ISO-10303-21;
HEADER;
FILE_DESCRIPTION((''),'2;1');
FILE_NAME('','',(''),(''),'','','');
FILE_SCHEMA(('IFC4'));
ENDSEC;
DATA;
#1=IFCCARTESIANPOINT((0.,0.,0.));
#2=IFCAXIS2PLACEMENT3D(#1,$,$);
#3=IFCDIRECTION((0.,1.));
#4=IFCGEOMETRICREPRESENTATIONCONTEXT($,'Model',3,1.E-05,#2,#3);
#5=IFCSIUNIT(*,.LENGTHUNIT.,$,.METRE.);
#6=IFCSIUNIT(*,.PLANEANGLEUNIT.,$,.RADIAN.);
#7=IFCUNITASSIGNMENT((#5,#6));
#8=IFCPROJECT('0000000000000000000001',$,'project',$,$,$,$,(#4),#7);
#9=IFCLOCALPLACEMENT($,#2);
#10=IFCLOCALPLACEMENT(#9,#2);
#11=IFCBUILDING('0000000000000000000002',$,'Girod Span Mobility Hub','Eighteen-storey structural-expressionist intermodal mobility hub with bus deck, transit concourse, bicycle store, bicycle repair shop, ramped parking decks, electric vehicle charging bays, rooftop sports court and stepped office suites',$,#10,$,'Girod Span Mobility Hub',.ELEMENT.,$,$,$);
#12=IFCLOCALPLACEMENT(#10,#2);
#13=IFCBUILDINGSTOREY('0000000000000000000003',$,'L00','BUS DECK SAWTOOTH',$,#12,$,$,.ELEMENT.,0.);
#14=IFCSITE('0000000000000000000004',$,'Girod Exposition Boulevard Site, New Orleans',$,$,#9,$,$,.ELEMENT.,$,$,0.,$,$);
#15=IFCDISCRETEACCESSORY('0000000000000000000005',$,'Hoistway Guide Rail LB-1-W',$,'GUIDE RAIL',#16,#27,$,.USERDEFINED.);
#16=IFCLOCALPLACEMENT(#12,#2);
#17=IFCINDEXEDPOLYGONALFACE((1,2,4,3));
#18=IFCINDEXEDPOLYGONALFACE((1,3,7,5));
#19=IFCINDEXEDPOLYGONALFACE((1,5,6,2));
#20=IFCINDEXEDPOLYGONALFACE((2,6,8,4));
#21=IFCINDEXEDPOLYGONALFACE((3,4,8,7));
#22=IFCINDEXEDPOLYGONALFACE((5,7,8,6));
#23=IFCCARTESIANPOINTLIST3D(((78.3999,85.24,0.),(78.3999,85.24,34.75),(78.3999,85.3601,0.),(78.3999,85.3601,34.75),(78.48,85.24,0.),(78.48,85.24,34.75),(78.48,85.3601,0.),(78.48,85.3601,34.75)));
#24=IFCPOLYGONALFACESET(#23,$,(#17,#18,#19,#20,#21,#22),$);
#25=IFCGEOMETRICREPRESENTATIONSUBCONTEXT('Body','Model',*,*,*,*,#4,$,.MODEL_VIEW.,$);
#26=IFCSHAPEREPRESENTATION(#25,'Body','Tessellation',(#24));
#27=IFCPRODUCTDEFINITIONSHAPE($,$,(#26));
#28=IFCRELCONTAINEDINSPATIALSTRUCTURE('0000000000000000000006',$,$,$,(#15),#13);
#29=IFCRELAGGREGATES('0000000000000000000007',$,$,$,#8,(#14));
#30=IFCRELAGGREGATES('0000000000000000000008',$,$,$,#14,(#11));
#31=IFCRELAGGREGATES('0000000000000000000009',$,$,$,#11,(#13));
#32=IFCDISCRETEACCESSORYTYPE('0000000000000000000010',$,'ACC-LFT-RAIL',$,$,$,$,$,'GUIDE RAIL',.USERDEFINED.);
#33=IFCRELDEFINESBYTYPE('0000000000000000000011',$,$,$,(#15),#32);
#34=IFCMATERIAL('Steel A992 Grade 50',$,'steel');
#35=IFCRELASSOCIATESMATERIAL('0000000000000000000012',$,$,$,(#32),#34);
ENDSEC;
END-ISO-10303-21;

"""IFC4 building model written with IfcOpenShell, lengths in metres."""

from ifc_helpers import new_model, si_unit, direction, frame, origin, origin_2d, place, context, subcontext, project, spatial, rectangle, extrude, material, type_object, element, save


model = new_model("IFC4")

# Units and contexts
model_context = context("Model", 3, precision=1e-05, world=origin(), true_north=direction((0.0, 1.0)))
body_context = subcontext(model_context, "Body", "Model", "MODEL_VIEW")
ifc_project = project(units=[si_unit("LENGTHUNIT", "METRE"), si_unit("PLANEANGLEUNIT", "RADIAN")], contexts=[model_context])

# Site, building, storey
site_placement = place(None, origin())
site = spatial("IfcSite", under=ifc_project, at=site_placement, Name="Girod Exposition Boulevard Site, New Orleans", CompositionType="ELEMENT", RefElevation=0.0)
building_placement = place(site_placement, origin())
building = spatial("IfcBuilding", under=site, at=building_placement, Name="Girod Span Mobility Hub", Description="Eighteen-storey structural-expressionist intermodal mobility hub with bus deck, transit concourse, bicycle store, bicycle repair shop, ramped parking decks, electric vehicle charging bays, rooftop sports court and stepped office suites", LongName="Girod Span Mobility Hub", CompositionType="ELEMENT")
storey_placement = place(building_placement, origin())
storey = spatial("IfcBuildingStorey", under=building, at=storey_placement, Name="L00", Description="BUS DECK SAWTOOTH", CompositionType="ELEMENT", Elevation=0.0)

# Discrete accessory
ifc_material_1 = material(Name="Steel A992 Grade 50", Category="steel")
discrete_accessory_type = type_object("IfcDiscreteAccessoryType", Name="ACC-LFT-RAIL", ElementType="GUIDE RAIL", PredefinedType="USERDEFINED", material=ifc_material_1)
discrete_accessory_placement = place(storey_placement, frame((78.4399, 85.3, 0.0), z_axis=(0.0, 0.0, 1.0), x_axis=(1.0, 0.0, 0.0)))
element("IfcDiscreteAccessory", 1, at=discrete_accessory_placement, inside=storey, type_object=discrete_accessory_type, Name="Hoistway Guide Rail LB-1-W", ObjectType="GUIDE RAIL", PredefinedType="USERDEFINED", context=body_context, shape_type="SweptSolid", body=[
    extrude(rectangle(XDim=0.0801, YDim=0.1201, at=origin_2d()), origin(), (0.0, 0.0, 1.0), 34.75),
])

save(model, "model.ifc")
